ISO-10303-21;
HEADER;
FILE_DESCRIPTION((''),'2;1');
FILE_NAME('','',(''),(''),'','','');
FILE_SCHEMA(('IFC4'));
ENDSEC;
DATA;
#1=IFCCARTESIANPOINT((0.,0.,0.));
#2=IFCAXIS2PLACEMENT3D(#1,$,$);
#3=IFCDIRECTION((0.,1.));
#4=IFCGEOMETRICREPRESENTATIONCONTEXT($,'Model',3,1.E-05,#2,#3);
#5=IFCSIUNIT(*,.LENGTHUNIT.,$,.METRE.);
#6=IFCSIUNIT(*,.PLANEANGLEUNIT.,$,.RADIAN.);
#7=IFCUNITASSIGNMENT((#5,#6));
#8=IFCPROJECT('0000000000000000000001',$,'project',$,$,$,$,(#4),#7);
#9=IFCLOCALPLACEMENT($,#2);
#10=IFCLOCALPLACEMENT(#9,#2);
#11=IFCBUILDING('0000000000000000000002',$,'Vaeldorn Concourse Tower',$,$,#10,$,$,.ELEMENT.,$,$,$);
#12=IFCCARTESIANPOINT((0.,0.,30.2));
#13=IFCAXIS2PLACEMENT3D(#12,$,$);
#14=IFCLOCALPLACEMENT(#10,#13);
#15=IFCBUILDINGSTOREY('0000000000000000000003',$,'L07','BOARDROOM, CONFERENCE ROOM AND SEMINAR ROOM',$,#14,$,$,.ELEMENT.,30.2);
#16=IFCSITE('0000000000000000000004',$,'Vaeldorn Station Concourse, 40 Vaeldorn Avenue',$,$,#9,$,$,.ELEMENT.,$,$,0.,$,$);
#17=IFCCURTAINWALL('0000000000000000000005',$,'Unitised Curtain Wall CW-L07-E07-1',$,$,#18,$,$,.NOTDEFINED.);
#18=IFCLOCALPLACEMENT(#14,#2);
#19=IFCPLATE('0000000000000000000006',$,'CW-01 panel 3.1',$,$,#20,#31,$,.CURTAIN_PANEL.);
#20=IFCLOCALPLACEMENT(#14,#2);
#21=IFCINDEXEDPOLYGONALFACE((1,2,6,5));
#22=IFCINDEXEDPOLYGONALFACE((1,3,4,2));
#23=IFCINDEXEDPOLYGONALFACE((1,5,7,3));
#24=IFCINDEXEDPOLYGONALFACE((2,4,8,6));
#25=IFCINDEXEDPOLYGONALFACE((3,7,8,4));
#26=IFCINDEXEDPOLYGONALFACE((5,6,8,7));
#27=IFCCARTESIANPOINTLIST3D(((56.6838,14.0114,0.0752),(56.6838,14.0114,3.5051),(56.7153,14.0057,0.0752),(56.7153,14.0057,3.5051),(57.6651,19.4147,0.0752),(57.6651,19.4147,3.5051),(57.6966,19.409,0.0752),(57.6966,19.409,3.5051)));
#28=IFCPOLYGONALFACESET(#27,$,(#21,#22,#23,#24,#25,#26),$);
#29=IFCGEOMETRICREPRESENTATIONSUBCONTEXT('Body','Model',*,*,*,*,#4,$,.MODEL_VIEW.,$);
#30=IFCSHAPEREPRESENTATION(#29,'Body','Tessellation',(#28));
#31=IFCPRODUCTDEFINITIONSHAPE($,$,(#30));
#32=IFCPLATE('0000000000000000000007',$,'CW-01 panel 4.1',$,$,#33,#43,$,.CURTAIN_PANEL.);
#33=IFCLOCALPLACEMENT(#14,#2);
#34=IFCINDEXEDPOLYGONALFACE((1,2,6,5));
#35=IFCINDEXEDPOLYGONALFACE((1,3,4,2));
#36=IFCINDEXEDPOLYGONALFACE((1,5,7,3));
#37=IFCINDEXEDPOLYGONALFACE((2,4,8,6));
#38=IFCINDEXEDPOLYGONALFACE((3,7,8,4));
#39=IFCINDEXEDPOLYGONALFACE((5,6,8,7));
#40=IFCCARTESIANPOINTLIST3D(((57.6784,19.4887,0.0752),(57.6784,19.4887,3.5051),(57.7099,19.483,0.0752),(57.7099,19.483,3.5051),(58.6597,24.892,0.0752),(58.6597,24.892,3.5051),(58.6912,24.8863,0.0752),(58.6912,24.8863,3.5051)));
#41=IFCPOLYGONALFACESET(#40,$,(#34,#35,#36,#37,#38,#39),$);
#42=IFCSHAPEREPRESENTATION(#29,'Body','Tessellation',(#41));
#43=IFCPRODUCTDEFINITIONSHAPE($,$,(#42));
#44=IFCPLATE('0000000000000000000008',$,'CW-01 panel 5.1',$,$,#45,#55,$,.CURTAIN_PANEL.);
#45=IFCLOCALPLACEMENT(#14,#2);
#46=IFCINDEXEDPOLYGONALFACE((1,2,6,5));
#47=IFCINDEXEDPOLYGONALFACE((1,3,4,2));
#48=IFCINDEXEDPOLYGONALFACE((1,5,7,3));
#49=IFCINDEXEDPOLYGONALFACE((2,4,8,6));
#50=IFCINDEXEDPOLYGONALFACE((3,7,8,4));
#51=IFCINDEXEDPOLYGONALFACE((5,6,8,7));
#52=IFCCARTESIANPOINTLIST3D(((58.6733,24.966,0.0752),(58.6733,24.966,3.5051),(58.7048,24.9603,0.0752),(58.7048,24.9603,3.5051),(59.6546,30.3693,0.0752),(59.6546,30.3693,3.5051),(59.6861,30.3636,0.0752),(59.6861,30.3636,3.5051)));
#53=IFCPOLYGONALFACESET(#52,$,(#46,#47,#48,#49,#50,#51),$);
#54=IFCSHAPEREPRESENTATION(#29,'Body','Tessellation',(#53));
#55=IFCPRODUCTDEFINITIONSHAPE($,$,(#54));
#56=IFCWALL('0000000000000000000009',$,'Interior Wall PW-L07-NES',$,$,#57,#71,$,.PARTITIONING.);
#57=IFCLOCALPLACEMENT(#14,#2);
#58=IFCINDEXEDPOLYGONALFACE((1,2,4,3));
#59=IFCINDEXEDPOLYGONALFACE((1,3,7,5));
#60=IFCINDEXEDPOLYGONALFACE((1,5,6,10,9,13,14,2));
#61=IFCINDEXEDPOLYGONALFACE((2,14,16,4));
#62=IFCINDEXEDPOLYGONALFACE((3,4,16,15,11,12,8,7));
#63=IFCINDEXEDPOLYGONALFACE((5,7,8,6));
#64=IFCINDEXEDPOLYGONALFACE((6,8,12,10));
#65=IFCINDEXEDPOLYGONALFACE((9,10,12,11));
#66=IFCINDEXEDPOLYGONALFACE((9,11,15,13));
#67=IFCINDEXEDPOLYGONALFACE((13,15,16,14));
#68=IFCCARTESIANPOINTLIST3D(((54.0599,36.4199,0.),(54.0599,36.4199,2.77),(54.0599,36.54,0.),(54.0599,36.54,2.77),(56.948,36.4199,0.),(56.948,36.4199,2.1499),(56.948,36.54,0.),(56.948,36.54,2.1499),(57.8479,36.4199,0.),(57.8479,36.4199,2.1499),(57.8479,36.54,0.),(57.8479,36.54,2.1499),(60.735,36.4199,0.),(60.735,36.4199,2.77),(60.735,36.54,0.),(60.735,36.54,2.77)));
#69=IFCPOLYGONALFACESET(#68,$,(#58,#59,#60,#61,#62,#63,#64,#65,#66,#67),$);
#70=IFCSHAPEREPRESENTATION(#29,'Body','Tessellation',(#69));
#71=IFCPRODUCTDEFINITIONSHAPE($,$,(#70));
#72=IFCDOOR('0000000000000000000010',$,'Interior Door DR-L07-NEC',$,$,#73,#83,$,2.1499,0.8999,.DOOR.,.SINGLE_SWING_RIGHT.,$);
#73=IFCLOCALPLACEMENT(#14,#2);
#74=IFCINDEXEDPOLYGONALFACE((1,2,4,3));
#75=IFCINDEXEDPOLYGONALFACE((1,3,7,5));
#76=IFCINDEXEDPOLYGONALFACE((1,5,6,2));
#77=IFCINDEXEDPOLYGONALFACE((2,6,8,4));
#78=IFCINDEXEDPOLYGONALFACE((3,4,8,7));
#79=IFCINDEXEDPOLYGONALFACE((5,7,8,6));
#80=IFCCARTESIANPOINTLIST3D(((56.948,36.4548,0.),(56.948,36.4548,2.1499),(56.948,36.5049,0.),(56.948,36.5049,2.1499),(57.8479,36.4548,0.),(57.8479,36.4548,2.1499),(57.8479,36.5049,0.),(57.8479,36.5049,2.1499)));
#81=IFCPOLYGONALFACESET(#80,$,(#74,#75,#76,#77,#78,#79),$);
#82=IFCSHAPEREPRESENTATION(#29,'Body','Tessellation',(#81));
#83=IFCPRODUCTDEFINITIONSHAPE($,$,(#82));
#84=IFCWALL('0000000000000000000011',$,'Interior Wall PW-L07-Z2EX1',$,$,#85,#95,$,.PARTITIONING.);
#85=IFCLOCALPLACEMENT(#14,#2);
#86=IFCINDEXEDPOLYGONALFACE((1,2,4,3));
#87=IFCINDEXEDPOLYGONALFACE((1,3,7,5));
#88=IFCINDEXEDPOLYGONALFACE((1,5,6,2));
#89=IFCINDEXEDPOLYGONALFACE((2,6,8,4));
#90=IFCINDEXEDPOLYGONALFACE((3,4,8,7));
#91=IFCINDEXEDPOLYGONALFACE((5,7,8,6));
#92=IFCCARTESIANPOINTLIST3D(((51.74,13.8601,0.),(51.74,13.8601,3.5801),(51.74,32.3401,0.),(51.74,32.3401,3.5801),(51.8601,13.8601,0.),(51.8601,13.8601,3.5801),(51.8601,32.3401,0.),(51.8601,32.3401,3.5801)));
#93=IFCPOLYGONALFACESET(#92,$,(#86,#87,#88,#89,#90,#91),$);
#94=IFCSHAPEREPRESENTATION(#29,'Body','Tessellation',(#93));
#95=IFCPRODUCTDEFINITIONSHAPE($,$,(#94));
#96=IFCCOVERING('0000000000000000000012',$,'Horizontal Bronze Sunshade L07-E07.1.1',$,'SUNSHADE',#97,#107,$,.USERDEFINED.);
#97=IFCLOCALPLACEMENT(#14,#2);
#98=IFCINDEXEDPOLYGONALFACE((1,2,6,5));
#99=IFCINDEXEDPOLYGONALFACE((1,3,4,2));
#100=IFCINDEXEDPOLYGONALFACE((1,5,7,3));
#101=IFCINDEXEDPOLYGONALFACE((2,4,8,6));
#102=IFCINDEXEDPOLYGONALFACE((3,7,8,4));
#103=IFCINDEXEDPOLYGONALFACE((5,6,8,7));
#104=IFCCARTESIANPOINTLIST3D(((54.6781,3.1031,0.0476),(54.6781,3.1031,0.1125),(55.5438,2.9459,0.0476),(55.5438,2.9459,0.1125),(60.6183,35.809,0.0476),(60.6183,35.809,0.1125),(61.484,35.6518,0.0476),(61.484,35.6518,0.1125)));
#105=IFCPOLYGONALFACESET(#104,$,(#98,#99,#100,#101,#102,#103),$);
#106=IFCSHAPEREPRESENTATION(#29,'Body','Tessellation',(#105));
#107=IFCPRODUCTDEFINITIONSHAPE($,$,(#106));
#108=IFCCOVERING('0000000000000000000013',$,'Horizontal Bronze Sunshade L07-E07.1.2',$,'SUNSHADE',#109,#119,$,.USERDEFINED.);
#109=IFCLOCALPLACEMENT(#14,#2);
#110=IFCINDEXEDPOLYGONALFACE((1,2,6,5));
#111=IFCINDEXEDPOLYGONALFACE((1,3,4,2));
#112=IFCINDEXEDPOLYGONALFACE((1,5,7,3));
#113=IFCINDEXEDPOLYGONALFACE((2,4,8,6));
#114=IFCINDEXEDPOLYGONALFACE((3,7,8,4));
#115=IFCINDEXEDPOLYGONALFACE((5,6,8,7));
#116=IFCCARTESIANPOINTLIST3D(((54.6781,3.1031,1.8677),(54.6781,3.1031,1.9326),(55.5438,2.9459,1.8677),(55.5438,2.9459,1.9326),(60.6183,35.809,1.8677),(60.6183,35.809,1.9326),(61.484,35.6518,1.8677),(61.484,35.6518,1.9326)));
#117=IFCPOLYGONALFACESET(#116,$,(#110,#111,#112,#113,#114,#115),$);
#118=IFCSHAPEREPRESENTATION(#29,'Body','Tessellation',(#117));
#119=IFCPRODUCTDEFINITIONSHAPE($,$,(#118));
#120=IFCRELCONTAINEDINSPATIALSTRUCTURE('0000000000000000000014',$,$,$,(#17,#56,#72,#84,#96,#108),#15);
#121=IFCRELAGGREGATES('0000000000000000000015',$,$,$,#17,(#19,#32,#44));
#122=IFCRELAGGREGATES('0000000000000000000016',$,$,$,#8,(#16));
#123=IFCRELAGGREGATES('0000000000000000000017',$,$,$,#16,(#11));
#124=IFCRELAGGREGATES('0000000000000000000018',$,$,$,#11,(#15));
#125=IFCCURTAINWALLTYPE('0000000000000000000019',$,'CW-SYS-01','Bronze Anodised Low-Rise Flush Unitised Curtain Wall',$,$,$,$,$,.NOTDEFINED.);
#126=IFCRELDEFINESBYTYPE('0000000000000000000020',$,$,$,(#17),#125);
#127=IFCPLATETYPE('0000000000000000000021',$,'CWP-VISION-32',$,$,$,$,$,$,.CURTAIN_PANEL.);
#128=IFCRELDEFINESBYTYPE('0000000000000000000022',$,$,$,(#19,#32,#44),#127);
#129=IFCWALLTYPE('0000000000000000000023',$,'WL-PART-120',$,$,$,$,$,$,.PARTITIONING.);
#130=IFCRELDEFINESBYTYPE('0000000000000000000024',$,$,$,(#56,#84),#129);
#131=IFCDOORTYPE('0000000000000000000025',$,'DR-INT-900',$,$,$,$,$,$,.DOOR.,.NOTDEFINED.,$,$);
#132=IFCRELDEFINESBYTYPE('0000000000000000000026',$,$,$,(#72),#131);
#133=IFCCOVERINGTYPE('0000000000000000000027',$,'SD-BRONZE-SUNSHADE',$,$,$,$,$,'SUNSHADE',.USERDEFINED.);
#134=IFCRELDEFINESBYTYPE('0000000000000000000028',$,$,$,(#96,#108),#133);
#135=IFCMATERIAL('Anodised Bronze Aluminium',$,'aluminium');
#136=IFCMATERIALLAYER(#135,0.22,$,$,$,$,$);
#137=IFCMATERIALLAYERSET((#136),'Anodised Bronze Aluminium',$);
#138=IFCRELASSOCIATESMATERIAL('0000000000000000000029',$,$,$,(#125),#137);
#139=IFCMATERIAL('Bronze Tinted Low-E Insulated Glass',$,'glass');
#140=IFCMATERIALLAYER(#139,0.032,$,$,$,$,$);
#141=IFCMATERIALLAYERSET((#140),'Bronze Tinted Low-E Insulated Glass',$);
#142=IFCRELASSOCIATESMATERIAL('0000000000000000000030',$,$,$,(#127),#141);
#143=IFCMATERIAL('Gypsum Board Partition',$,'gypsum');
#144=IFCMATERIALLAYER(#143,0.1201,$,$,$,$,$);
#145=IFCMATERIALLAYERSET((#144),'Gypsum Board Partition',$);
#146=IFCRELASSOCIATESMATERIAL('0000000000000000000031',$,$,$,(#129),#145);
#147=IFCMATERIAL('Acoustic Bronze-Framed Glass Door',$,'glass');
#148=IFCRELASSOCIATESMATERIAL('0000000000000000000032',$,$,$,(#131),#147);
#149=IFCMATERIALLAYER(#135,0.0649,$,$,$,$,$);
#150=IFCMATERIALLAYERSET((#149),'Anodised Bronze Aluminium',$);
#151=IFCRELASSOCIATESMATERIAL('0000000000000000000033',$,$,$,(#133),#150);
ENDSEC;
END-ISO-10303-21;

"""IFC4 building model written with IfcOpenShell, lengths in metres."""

from ifc_helpers import new_model, si_unit, direction, frame, frame_2d, origin, origin_2d, place, context, subcontext, project, spatial, rectangle, extrude, source, transform, mapped, material, layer, layer_set, type_object, element, fill, aggregate, save


model = new_model("IFC4")

# Units and contexts
model_context = context("Model", 3, precision=1e-05, world=origin(), true_north=direction((0.0, 1.0)))
body_context = subcontext(model_context, "Body", "Model", "MODEL_VIEW")
ifc_project = project(units=[si_unit("LENGTHUNIT", "METRE"), si_unit("PLANEANGLEUNIT", "RADIAN")], contexts=[model_context])

# Site, building, storey
site_placement = place(None, origin())
site = spatial("IfcSite", under=ifc_project, at=site_placement, Name="Vaeldorn Station Concourse, 40 Vaeldorn Avenue", CompositionType="ELEMENT", RefElevation=0.0)
building_placement = place(site_placement, origin())
building = spatial("IfcBuilding", under=site, at=building_placement, Name="Vaeldorn Concourse Tower", CompositionType="ELEMENT")
storey_placement = place(building_placement, frame((0.0, 0.0, 30.2)))
storey = spatial("IfcBuildingStorey", under=building, at=storey_placement, Name="L07", Description="BOARDROOM, CONFERENCE ROOM AND SEMINAR ROOM", CompositionType="ELEMENT", Elevation=30.2)

# Curtain wall, plates
ifc_material_1 = material(Name="Anodised Bronze Aluminium", Category="aluminium")
ifc_layer_1 = layer(ifc_material_1, 0.22)
ifc_layer_set_1 = layer_set([ifc_layer_1], Name="Anodised Bronze Aluminium")
curtain_wall_type = type_object("IfcCurtainWallType", Name="CW-SYS-01", Description="Bronze Anodised Low-Rise Flush Unitised Curtain Wall", PredefinedType="NOTDEFINED", material=ifc_layer_set_1)
curtain_wall_placement = place(storey_placement, origin())
curtain_wall = element("IfcCurtainWall", 1, at=curtain_wall_placement, inside=storey, type_object=curtain_wall_type, Name="Unitised Curtain Wall CW-L07-E07-1", PredefinedType="NOTDEFINED")
ifc_material_2 = material(Name="Bronze Tinted Low-E Insulated Glass", Category="glass")
ifc_layer_2 = layer(ifc_material_2, 0.032)
ifc_layer_set_2 = layer_set([ifc_layer_2], Name="Bronze Tinted Low-E Insulated Glass")
plate_type = type_object("IfcPlateType", Name="CWP-VISION-32", PredefinedType="CURTAIN_PANEL", material=ifc_layer_set_2)
shared_shape_1 = source(origin(), body_context, "Body", "SweptSolid", [
    extrude(rectangle(XDim=5.4917, YDim=0.032, at=origin_2d()), origin(), (0.0, 0.0, 1.0), 3.4299),
])
plate_1_placement = place(storey_placement, frame((57.1902, 16.7102, 0.0752), z_axis=(0.0, 0.0, 1.0), x_axis=(0.178693, 0.983905, 0.0)))
plate_1 = element("IfcPlate", 2, at=plate_1_placement, type_object=plate_type, Name="CW-01 panel 3.1", PredefinedType="CURTAIN_PANEL", context=body_context, shape_type="MappedRepresentation", body=[
    mapped(shared_shape_1, transform((0.0, 0.0, 0.0), scale=1.0)),
])
plate_2_placement = place(storey_placement, frame((58.1848, 22.1875, 0.0752), z_axis=(0.0, 0.0, 1.0), x_axis=(0.178693, 0.983905, 0.0)))
plate_2 = element("IfcPlate", 3, at=plate_2_placement, type_object=plate_type, Name="CW-01 panel 4.1", PredefinedType="CURTAIN_PANEL", context=body_context, shape_type="MappedRepresentation", body=[
    mapped(shared_shape_1, transform((0.0, 0.0, 0.0), scale=1.0)),
])
plate_3_placement = place(storey_placement, frame((59.1797, 27.6648, 0.0752), z_axis=(0.0, 0.0, 1.0), x_axis=(0.178693, 0.983905, 0.0)))
plate_3 = element("IfcPlate", 4, at=plate_3_placement, type_object=plate_type, Name="CW-01 panel 5.1", PredefinedType="CURTAIN_PANEL", context=body_context, shape_type="MappedRepresentation", body=[
    mapped(shared_shape_1, transform((0.0, 0.0, 0.0), scale=1.0)),
])
aggregate(curtain_wall, [plate_1, plate_2, plate_3])

# Wall, opening, door
ifc_material_3 = material(Name="Gypsum Board Partition", Category="gypsum")
ifc_layer_3 = layer(ifc_material_3, 0.1201)
ifc_layer_set_3 = layer_set([ifc_layer_3], Name="Gypsum Board Partition")
wall_type = type_object("IfcWallType", Name="WL-PART-120", PredefinedType="PARTITIONING", material=ifc_layer_set_3)
wall_1_placement = place(storey_placement, frame((54.0601, 36.48, 0.0), z_axis=(0.0, 0.0, 1.0), x_axis=(1.0, 0.0, 0.0)))
wall_1 = element("IfcWall", 5, at=wall_1_placement, inside=storey, type_object=wall_type, Name="Interior Wall PW-L07-NES", PredefinedType="PARTITIONING", context=body_context, shape_type="SweptSolid", body=[
    extrude(rectangle(XDim=6.675, YDim=0.1201, at=frame_2d((3.3374, 0.0))), origin(), (0.0, 0.0, 1.0), 2.77),
])
opening_placement = place(wall_1_placement, frame((2.8879, 0.0, 0.0)))
opening = element("IfcOpeningElement", 6, at=opening_placement, cuts=wall_1, PredefinedType="OPENING", context=body_context, shape_type="SweptSolid", body=[
    extrude(rectangle(XDim=0.8999, YDim=2.1499, at=frame_2d((0.45, 1.075))), frame((0.0, 0.0701, 0.0), z_axis=(0.0, -1.0, 0.0), x_axis=(1.0, 0.0, 0.0)), (0.0, 0.0, 1.0), 0.1401),
])
ifc_material_4 = material(Name="Acoustic Bronze-Framed Glass Door", Category="glass")
door_type = type_object("IfcDoorType", Name="DR-INT-900", OperationType="NOTDEFINED", PredefinedType="DOOR", material=ifc_material_4)
shared_shape_2 = source(origin(), body_context, "Body", "SweptSolid", [
    extrude(rectangle(XDim=0.8999, YDim=2.1499, at=frame_2d((0.45, 1.075))), frame((0.0, 0.0249, 0.0), z_axis=(0.0, -1.0, 0.0), x_axis=(1.0, 0.0, 0.0)), (0.0, 0.0, 1.0), 0.05),
])
door_placement = place(opening_placement, origin())
door = element("IfcDoor", 7, at=door_placement, inside=storey, type_object=door_type, Name="Interior Door DR-L07-NEC", OperationType="SINGLE_SWING_RIGHT", OverallHeight=2.1499, OverallWidth=0.8999, PredefinedType="DOOR", context=body_context, shape_type="MappedRepresentation", body=[
    mapped(shared_shape_2, transform((0.0, 0.0, 0.0), scale=1.0)),
])
fill(opening, door)

# Wall
wall_2_placement = place(storey_placement, frame((51.8, 13.8601, 0.0), z_axis=(0.0, 0.0, 1.0), x_axis=(0.0, 1.0, 0.0)))
element("IfcWall", 8, at=wall_2_placement, inside=storey, type_object=wall_type, Name="Interior Wall PW-L07-Z2EX1", PredefinedType="PARTITIONING", context=body_context, shape_type="SweptSolid", body=[
    extrude(rectangle(XDim=18.48, YDim=0.1201, at=frame_2d((9.24, 0.0))), origin(), (0.0, 0.0, 1.0), 3.5801),
])

# Coverings
ifc_layer_4 = layer(ifc_material_1, 0.0649)
ifc_layer_set_4 = layer_set([ifc_layer_4], Name="Anodised Bronze Aluminium")
covering_type = type_object("IfcCoveringType", Name="SD-BRONZE-SUNSHADE", ElementType="SUNSHADE", PredefinedType="USERDEFINED", material=ifc_layer_set_4)
shared_shape_3 = source(origin(), body_context, "Body", "SweptSolid", [
    extrude(rectangle(XDim=33.241, YDim=0.8799, at=origin_2d()), origin(), (0.0, 0.0, 1.0), 0.0649),
])
for number, where, z_axis, x_axis, name in (
    (9, (58.0811, 19.3774, 0.0476), (0.0, 0.0, 1.0), (0.178699, 0.983904, 0.0), "Horizontal Bronze Sunshade L07-E07.1.1"),
    (10, (58.0811, 19.3774, 1.8677), (0.0, 0.0, 1.0), (0.178699, 0.983904, 0.0), "Horizontal Bronze Sunshade L07-E07.1.2"),
):
    element("IfcCovering", number, at=place(storey_placement, frame(where, z_axis=z_axis, x_axis=x_axis)), inside=storey, type_object=covering_type, Name=name, ObjectType="SUNSHADE", PredefinedType="USERDEFINED", context=body_context, shape_type="MappedRepresentation", body=[
        mapped(shared_shape_3, transform((0.0, 0.0, 0.0), scale=1.0)),
    ])

save(model, "model.ifc")
